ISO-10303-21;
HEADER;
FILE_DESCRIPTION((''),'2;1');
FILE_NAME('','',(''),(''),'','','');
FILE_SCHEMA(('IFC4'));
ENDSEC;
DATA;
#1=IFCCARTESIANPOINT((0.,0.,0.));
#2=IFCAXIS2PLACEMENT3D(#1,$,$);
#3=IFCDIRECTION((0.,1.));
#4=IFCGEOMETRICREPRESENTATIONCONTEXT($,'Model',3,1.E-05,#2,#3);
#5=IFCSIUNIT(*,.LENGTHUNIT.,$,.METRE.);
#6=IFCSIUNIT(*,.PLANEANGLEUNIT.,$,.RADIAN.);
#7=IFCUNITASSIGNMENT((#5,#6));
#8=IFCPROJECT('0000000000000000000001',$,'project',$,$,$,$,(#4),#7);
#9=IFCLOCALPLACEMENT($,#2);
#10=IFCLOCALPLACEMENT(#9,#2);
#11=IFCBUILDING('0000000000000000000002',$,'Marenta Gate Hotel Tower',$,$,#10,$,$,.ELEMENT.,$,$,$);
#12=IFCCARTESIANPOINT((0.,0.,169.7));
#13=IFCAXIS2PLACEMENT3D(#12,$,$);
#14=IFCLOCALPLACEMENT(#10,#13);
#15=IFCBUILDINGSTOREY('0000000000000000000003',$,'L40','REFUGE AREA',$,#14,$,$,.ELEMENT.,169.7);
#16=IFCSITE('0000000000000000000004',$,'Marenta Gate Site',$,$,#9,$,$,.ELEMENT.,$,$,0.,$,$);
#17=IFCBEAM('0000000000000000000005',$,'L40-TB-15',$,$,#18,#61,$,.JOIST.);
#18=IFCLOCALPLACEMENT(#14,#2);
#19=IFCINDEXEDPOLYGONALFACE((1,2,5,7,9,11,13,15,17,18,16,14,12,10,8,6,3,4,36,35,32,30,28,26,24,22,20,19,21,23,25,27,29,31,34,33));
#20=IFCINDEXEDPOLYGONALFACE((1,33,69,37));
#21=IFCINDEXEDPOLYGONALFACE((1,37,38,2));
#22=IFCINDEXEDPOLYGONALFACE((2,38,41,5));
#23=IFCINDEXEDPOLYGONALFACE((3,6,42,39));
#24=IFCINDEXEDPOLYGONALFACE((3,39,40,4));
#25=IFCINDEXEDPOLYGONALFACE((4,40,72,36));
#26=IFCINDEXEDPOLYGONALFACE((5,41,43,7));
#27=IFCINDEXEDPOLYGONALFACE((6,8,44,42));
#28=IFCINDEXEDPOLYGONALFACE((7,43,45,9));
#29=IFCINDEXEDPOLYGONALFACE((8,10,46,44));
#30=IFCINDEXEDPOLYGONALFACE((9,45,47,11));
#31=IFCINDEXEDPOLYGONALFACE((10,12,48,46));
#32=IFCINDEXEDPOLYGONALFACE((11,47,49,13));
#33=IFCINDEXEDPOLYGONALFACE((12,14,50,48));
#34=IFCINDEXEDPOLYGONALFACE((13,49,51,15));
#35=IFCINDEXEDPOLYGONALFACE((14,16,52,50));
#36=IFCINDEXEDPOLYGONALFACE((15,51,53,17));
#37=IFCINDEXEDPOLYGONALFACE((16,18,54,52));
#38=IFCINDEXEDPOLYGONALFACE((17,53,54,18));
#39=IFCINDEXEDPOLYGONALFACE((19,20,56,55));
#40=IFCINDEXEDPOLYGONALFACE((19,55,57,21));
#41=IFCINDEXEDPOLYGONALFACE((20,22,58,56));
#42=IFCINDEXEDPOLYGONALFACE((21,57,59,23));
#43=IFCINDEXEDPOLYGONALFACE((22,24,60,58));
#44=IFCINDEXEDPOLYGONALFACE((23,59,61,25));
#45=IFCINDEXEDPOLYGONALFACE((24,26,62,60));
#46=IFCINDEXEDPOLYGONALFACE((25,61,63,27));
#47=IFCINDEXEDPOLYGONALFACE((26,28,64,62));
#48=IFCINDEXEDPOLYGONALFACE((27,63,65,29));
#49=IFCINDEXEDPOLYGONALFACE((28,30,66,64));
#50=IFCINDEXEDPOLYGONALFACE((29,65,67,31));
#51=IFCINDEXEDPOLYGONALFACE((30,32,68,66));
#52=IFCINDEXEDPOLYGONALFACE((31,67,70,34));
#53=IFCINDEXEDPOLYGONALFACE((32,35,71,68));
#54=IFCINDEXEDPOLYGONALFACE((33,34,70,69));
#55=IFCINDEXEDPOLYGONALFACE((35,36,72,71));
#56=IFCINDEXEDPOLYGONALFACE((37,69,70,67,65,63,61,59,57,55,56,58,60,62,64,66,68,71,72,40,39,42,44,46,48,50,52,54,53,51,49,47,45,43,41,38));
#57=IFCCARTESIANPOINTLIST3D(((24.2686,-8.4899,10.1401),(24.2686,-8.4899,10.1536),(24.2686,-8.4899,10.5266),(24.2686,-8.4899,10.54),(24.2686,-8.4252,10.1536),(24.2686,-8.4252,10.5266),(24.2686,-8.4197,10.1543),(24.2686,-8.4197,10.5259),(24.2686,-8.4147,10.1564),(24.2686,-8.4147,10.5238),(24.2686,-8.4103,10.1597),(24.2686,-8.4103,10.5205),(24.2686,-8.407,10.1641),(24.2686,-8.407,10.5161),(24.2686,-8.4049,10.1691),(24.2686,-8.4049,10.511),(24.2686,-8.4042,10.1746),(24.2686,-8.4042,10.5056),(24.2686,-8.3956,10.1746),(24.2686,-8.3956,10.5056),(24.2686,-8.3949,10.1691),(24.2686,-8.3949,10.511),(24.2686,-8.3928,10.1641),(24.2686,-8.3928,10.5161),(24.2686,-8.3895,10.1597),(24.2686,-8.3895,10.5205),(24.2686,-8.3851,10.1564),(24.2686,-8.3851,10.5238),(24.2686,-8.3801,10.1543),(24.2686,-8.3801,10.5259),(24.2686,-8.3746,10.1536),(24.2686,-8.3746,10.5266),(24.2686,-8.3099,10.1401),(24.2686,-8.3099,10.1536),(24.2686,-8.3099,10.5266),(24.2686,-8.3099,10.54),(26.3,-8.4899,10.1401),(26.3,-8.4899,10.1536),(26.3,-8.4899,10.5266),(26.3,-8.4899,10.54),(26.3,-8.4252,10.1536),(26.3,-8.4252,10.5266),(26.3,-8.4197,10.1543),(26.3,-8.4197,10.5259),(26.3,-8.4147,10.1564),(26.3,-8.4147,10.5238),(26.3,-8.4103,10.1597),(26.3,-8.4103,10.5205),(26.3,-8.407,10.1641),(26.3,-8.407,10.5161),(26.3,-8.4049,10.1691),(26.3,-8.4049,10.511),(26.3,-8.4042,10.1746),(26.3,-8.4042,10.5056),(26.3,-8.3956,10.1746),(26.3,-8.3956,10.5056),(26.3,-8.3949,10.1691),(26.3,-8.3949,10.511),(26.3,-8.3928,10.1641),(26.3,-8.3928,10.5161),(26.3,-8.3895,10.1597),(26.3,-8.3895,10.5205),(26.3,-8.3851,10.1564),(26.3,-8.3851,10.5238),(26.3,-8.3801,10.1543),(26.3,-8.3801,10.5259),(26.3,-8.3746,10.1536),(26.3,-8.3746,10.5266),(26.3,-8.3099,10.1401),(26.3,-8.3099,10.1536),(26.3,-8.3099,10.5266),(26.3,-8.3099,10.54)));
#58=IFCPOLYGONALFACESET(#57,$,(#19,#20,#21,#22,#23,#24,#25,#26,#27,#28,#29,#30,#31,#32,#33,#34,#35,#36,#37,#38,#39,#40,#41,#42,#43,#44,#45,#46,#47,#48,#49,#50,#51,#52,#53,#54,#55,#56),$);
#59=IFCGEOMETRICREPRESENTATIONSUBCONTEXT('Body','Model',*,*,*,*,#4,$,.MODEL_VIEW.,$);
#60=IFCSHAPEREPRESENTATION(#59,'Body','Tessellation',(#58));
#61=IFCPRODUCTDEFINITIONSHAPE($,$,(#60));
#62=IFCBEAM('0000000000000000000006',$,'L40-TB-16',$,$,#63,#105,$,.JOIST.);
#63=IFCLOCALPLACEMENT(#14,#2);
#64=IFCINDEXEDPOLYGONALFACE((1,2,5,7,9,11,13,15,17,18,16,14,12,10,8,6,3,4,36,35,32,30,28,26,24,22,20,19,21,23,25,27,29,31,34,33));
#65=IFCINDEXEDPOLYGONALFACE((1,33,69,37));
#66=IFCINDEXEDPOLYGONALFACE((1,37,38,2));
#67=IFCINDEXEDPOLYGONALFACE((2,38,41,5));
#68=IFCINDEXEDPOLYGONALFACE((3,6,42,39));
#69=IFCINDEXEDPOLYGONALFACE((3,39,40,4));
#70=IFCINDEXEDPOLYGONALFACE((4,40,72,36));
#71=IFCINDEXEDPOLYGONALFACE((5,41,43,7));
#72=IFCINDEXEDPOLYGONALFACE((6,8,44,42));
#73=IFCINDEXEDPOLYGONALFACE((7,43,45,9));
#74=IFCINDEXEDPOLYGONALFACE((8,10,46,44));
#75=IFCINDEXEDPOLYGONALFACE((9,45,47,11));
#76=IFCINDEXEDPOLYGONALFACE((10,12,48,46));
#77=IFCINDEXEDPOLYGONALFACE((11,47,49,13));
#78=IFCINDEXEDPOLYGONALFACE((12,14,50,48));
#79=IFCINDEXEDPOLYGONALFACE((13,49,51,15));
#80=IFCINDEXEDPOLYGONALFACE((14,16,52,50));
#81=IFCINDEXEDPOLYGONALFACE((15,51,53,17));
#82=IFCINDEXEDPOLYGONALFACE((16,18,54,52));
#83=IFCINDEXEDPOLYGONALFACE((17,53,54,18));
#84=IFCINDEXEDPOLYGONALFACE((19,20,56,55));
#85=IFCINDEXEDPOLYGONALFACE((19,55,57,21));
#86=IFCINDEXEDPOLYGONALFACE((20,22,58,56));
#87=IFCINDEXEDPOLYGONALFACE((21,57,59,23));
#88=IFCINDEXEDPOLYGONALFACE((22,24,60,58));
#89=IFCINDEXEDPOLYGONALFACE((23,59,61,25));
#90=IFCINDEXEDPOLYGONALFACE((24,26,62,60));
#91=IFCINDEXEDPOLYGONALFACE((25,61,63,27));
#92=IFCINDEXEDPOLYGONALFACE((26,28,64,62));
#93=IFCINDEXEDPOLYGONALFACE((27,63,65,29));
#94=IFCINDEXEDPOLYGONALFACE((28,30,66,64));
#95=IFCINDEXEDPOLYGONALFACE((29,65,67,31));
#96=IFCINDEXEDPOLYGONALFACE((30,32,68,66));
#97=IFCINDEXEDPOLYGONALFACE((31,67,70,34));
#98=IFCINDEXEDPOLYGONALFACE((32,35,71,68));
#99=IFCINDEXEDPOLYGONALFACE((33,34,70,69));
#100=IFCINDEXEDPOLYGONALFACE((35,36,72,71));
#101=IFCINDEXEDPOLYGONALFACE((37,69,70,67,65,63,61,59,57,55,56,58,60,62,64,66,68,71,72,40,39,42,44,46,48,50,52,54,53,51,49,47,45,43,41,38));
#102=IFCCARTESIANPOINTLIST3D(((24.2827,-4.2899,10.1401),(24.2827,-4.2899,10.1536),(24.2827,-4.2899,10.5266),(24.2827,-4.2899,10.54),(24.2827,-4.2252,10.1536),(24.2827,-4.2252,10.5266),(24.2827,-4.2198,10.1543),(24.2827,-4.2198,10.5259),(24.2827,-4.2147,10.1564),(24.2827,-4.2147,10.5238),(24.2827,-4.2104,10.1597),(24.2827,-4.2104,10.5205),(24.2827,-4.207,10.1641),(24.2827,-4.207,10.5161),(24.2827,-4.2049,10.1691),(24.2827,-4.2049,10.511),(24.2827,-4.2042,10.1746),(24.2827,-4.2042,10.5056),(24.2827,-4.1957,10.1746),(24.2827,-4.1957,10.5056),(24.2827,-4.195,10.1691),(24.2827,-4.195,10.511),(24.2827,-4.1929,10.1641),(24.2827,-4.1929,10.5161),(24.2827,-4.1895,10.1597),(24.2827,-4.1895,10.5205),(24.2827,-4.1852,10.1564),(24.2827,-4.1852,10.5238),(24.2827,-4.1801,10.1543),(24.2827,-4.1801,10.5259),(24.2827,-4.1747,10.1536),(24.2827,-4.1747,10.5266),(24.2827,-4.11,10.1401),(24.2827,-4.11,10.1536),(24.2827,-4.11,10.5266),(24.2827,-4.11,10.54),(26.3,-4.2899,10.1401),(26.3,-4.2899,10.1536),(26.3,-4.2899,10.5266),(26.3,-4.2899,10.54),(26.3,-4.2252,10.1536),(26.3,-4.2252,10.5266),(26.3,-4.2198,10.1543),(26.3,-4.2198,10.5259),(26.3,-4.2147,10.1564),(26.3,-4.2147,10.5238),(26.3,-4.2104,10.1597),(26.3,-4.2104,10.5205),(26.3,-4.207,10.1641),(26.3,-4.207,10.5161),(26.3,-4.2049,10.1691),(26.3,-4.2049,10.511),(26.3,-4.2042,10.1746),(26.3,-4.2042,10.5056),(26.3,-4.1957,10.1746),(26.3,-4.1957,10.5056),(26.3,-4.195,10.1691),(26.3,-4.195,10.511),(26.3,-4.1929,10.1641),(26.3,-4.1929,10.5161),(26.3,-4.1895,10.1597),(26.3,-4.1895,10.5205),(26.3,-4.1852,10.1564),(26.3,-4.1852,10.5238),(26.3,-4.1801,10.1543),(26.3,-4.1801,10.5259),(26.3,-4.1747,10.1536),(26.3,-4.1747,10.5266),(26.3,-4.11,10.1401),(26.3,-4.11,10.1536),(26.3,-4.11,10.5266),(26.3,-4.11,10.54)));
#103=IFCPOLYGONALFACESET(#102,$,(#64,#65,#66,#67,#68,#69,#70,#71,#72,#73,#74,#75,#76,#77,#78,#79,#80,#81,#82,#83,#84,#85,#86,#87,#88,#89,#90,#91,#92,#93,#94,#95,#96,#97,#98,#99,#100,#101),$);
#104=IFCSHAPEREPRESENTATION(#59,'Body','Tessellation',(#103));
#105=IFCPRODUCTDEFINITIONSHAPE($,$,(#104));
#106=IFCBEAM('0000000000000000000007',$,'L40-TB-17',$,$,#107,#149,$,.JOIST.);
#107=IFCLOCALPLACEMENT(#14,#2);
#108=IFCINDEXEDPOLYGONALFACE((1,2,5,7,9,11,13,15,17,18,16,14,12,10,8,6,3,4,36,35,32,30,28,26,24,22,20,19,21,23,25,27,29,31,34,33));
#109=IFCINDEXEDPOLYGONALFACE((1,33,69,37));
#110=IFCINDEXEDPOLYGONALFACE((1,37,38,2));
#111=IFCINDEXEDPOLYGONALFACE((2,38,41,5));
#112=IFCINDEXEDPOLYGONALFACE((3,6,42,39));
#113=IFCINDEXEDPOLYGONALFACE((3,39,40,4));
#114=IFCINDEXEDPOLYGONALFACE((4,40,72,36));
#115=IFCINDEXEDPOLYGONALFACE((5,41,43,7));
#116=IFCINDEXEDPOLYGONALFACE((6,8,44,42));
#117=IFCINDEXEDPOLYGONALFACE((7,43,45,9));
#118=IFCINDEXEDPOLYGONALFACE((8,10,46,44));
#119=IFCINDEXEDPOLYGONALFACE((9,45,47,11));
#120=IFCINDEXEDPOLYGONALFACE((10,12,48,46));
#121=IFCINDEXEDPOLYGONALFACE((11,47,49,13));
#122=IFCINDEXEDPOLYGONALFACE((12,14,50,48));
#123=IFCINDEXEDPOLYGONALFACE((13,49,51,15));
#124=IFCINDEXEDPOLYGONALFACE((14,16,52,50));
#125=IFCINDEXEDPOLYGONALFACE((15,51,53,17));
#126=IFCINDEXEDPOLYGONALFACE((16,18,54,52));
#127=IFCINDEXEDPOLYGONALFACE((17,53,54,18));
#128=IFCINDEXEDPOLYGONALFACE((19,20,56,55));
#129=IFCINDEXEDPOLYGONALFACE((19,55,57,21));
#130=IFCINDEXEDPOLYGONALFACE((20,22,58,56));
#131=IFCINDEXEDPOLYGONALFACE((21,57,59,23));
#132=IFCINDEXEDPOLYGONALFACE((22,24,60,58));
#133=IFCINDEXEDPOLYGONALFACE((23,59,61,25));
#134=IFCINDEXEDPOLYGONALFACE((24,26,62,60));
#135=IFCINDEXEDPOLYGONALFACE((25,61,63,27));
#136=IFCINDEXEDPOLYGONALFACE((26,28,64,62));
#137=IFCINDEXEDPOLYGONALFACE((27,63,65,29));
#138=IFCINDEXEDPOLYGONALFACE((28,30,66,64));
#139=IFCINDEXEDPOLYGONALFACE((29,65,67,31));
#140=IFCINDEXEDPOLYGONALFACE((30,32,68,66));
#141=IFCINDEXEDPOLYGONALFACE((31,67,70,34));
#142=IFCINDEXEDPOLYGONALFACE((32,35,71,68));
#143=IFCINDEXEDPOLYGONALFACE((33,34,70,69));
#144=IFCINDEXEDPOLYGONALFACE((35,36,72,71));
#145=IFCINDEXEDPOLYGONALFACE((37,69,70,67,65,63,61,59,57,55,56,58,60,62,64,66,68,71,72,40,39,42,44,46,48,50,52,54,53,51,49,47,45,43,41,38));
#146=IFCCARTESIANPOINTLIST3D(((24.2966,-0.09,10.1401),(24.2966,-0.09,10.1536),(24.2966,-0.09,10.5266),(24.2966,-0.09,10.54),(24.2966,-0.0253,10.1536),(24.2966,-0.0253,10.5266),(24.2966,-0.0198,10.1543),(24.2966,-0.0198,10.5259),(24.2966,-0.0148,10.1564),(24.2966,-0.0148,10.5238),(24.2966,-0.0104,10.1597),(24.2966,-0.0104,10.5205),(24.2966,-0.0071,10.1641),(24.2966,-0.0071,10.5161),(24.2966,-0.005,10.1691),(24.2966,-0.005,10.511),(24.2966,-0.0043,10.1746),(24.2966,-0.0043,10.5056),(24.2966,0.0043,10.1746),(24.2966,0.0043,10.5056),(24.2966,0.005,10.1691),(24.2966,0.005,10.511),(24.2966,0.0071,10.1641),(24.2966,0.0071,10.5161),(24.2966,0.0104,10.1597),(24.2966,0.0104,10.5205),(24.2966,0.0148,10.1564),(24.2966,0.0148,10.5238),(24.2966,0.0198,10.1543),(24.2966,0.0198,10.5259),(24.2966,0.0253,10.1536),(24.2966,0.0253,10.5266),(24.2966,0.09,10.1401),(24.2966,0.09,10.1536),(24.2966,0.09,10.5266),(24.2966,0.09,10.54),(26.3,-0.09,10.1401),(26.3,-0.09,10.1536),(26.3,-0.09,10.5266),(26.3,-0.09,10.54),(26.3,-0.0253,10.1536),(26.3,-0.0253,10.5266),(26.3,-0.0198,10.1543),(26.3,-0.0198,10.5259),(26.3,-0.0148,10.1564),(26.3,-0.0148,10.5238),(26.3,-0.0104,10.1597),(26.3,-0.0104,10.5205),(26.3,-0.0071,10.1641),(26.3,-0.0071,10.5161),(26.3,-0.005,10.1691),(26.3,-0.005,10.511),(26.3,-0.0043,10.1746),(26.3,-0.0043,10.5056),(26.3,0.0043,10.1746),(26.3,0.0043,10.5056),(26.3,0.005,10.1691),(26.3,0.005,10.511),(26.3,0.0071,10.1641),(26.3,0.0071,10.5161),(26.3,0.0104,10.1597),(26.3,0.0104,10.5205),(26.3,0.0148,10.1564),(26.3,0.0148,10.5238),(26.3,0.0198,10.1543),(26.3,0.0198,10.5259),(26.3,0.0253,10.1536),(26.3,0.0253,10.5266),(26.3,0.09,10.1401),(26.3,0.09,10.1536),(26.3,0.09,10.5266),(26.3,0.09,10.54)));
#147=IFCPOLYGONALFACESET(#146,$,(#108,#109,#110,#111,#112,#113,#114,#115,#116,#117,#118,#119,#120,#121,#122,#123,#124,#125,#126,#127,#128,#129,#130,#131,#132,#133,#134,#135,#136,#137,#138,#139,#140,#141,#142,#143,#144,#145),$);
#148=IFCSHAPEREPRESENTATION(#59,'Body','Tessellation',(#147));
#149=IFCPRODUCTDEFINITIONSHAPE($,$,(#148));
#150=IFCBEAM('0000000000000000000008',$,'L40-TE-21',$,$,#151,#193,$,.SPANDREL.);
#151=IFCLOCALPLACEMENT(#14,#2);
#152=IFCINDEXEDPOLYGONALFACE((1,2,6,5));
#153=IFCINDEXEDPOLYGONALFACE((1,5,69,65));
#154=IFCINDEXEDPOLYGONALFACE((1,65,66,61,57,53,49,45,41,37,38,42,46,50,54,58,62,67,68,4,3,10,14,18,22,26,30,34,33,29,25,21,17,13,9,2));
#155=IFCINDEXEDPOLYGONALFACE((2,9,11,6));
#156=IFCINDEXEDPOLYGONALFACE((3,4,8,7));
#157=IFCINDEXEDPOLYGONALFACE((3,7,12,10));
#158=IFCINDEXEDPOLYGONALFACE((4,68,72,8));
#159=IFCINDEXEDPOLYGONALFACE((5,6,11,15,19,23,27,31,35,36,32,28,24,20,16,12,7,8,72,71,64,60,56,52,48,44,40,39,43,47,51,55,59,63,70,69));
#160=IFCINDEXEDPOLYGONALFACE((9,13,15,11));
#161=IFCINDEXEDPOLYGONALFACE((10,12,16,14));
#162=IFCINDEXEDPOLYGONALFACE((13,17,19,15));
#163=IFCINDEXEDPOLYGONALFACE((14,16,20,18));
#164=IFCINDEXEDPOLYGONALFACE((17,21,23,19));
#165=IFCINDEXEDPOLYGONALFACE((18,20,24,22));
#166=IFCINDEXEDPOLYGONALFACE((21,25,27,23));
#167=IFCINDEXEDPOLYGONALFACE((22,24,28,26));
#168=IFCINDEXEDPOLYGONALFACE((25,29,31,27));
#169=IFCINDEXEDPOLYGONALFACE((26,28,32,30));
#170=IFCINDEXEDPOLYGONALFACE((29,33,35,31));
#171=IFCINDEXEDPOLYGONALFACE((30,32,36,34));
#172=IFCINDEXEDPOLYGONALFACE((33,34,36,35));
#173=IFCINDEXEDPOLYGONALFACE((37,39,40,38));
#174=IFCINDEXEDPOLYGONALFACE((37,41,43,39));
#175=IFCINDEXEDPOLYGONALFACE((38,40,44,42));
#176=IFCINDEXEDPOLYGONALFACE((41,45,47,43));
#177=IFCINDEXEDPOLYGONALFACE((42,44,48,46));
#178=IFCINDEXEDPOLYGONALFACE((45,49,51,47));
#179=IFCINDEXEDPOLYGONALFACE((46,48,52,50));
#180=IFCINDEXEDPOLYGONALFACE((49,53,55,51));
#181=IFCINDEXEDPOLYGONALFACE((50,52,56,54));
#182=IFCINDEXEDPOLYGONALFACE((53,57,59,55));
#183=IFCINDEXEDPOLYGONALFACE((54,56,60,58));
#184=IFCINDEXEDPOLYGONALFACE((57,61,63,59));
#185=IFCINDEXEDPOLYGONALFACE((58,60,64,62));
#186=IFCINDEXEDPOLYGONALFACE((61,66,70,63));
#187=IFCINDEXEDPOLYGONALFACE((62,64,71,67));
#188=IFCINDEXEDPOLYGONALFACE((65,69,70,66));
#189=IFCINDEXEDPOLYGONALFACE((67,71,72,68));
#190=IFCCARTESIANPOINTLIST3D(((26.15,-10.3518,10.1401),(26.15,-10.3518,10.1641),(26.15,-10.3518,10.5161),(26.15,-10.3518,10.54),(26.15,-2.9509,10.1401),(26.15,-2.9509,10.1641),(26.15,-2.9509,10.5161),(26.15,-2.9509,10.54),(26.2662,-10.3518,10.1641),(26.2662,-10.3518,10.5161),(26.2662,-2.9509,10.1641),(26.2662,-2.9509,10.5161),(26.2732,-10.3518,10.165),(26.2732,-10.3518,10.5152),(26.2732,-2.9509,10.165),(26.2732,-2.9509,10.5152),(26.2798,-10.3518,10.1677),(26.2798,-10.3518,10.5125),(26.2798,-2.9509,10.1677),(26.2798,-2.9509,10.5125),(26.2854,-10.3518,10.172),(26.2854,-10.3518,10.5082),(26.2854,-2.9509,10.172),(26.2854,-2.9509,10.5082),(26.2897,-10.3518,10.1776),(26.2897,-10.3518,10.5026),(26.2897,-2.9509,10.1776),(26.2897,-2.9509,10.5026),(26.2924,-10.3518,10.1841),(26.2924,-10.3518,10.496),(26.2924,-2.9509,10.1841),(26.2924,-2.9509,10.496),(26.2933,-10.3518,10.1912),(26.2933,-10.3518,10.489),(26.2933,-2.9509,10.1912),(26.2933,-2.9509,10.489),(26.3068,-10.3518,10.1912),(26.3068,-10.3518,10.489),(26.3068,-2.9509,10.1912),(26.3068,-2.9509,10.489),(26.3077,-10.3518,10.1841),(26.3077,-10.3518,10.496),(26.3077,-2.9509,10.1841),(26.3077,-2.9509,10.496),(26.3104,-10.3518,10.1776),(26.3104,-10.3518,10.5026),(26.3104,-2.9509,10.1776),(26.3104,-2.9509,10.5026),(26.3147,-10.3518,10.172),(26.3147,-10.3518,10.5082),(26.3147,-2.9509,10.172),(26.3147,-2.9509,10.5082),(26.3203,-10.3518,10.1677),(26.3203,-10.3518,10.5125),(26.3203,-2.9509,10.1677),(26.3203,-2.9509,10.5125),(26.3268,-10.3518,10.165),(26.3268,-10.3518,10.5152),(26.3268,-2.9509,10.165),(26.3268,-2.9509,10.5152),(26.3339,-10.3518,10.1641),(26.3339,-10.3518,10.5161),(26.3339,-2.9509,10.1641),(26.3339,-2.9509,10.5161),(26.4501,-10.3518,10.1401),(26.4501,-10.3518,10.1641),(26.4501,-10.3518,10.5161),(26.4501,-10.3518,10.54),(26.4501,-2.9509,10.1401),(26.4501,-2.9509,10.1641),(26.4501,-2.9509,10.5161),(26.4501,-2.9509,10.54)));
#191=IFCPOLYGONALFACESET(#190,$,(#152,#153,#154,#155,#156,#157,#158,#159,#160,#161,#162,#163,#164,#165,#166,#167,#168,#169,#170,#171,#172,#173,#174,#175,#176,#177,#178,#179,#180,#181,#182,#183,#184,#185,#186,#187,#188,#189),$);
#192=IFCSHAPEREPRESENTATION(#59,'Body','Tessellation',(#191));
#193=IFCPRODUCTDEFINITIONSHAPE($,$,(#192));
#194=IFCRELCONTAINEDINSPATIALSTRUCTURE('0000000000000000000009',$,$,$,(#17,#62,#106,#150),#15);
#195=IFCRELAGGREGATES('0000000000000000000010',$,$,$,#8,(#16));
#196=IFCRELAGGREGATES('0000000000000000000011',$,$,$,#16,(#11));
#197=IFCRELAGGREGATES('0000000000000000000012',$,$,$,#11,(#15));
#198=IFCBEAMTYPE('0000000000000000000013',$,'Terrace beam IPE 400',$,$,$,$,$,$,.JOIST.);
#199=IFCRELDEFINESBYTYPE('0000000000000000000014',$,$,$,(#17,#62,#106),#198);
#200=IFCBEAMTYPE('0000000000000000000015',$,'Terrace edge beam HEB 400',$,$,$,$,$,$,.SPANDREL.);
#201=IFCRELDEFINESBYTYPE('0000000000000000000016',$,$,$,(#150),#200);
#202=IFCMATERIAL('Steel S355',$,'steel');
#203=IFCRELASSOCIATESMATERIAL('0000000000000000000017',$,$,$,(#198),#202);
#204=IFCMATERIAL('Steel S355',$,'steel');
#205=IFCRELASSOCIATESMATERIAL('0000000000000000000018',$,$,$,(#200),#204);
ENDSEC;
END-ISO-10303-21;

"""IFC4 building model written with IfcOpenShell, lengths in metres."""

from ifc_helpers import new_model, si_unit, direction, frame, origin, origin_2d, place, context, subcontext, project, spatial, i_section, extrude, material, material_profile, profile_set, type_object, element, save


model = new_model("IFC4")

# Units and contexts
model_context = context("Model", 3, precision=1e-05, world=origin(), true_north=direction((0.0, 1.0)))
body_context = subcontext(model_context, "Body", "Model", "MODEL_VIEW")
ifc_project = project(units=[si_unit("LENGTHUNIT", "METRE"), si_unit("PLANEANGLEUNIT", "RADIAN")], contexts=[model_context])

# Site, building, storey
site_placement = place(None, origin())
site = spatial("IfcSite", under=ifc_project, at=site_placement, Name="Marenta Gate Site", CompositionType="ELEMENT", RefElevation=0.0)
building_placement = place(site_placement, origin())
building = spatial("IfcBuilding", under=site, at=building_placement, Name="Marenta Gate Hotel Tower", CompositionType="ELEMENT")
storey_placement = place(building_placement, frame((0.0, 0.0, 169.7)))
storey = spatial("IfcBuildingStorey", under=building, at=storey_placement, Name="L40", Description="REFUGE AREA", CompositionType="ELEMENT", Elevation=169.7)

# Beams
ifc_material_1 = material(Name="Steel S355", Category="steel")
ifc_material_profile_1 = material_profile(ifc_material_1, i_section(OverallWidth=0.1799, OverallDepth=0.3999, WebThickness=0.0085, FlangeThickness=0.0134, FilletRadius=0.021, at=origin_2d()), Name="IPE 400")
ifc_profile_set_1 = profile_set([ifc_material_profile_1], Name="Steel S355")
beam_type_1 = type_object("IfcBeamType", Name="Terrace beam IPE 400", PredefinedType="JOIST", material=ifc_profile_set_1)
beam_1_placement = place(storey_placement, frame((24.2686, -8.3999, 10.3401), z_axis=(1.0, 0.0, 0.0), x_axis=(0.0, 1.0, 0.0)))
element("IfcBeam", 1, at=beam_1_placement, inside=storey, type_object=beam_type_1, Name="L40-TB-15", PredefinedType="JOIST", context=body_context, shape_type="SweptSolid", body=[
    extrude(i_section(OverallWidth=0.1799, OverallDepth=0.3999, WebThickness=0.0085, FlangeThickness=0.0134, FilletRadius=0.021, at=origin_2d()), origin(), (0.0, 0.0, 1.0), 2.0315),
])
beam_2_placement = place(storey_placement, frame((24.2827, -4.2, 10.3401), z_axis=(1.0, 0.0, 0.0), x_axis=(0.0, 1.0, 0.0)))
element("IfcBeam", 2, at=beam_2_placement, inside=storey, type_object=beam_type_1, Name="L40-TB-16", PredefinedType="JOIST", context=body_context, shape_type="SweptSolid", body=[
    extrude(i_section(OverallWidth=0.1799, OverallDepth=0.3999, WebThickness=0.0085, FlangeThickness=0.0134, FilletRadius=0.021, at=origin_2d()), origin(), (0.0, 0.0, 1.0), 2.0173),
])
beam_3_placement = place(storey_placement, frame((24.2966, 0.0, 10.3401), z_axis=(1.0, 0.0, 0.0), x_axis=(0.0, 1.0, 0.0)))
element("IfcBeam", 3, at=beam_3_placement, inside=storey, type_object=beam_type_1, Name="L40-TB-17", PredefinedType="JOIST", context=body_context, shape_type="SweptSolid", body=[
    extrude(i_section(OverallWidth=0.1799, OverallDepth=0.3999, WebThickness=0.0085, FlangeThickness=0.0134, FilletRadius=0.021, at=origin_2d()), origin(), (0.0, 0.0, 1.0), 2.0034),
])
ifc_material_2 = material(Name="Steel S355", Category="steel")
ifc_material_profile_2 = material_profile(ifc_material_2, i_section(OverallWidth=0.3, OverallDepth=0.3999, WebThickness=0.0134, FlangeThickness=0.0239, FilletRadius=0.0271, at=origin_2d()), Name="HEB 400")
ifc_profile_set_2 = profile_set([ifc_material_profile_2], Name="Steel S355")
beam_type_2 = type_object("IfcBeamType", Name="Terrace edge beam HEB 400", PredefinedType="SPANDREL", material=ifc_profile_set_2)
beam_4_placement = place(storey_placement, frame((26.3, -2.9509, 10.3401), z_axis=(0.0, -1.0, 0.0), x_axis=(1.0, 0.0, 0.0)))
element("IfcBeam", 4, at=beam_4_placement, inside=storey, type_object=beam_type_2, Name="L40-TE-21", PredefinedType="SPANDREL", context=body_context, shape_type="SweptSolid", body=[
    extrude(i_section(OverallWidth=0.3, OverallDepth=0.3999, WebThickness=0.0134, FlangeThickness=0.0239, FilletRadius=0.0271, at=origin_2d()), origin(), (0.0, 0.0, 1.0), 7.4009),
])

save(model, "model.ifc")
